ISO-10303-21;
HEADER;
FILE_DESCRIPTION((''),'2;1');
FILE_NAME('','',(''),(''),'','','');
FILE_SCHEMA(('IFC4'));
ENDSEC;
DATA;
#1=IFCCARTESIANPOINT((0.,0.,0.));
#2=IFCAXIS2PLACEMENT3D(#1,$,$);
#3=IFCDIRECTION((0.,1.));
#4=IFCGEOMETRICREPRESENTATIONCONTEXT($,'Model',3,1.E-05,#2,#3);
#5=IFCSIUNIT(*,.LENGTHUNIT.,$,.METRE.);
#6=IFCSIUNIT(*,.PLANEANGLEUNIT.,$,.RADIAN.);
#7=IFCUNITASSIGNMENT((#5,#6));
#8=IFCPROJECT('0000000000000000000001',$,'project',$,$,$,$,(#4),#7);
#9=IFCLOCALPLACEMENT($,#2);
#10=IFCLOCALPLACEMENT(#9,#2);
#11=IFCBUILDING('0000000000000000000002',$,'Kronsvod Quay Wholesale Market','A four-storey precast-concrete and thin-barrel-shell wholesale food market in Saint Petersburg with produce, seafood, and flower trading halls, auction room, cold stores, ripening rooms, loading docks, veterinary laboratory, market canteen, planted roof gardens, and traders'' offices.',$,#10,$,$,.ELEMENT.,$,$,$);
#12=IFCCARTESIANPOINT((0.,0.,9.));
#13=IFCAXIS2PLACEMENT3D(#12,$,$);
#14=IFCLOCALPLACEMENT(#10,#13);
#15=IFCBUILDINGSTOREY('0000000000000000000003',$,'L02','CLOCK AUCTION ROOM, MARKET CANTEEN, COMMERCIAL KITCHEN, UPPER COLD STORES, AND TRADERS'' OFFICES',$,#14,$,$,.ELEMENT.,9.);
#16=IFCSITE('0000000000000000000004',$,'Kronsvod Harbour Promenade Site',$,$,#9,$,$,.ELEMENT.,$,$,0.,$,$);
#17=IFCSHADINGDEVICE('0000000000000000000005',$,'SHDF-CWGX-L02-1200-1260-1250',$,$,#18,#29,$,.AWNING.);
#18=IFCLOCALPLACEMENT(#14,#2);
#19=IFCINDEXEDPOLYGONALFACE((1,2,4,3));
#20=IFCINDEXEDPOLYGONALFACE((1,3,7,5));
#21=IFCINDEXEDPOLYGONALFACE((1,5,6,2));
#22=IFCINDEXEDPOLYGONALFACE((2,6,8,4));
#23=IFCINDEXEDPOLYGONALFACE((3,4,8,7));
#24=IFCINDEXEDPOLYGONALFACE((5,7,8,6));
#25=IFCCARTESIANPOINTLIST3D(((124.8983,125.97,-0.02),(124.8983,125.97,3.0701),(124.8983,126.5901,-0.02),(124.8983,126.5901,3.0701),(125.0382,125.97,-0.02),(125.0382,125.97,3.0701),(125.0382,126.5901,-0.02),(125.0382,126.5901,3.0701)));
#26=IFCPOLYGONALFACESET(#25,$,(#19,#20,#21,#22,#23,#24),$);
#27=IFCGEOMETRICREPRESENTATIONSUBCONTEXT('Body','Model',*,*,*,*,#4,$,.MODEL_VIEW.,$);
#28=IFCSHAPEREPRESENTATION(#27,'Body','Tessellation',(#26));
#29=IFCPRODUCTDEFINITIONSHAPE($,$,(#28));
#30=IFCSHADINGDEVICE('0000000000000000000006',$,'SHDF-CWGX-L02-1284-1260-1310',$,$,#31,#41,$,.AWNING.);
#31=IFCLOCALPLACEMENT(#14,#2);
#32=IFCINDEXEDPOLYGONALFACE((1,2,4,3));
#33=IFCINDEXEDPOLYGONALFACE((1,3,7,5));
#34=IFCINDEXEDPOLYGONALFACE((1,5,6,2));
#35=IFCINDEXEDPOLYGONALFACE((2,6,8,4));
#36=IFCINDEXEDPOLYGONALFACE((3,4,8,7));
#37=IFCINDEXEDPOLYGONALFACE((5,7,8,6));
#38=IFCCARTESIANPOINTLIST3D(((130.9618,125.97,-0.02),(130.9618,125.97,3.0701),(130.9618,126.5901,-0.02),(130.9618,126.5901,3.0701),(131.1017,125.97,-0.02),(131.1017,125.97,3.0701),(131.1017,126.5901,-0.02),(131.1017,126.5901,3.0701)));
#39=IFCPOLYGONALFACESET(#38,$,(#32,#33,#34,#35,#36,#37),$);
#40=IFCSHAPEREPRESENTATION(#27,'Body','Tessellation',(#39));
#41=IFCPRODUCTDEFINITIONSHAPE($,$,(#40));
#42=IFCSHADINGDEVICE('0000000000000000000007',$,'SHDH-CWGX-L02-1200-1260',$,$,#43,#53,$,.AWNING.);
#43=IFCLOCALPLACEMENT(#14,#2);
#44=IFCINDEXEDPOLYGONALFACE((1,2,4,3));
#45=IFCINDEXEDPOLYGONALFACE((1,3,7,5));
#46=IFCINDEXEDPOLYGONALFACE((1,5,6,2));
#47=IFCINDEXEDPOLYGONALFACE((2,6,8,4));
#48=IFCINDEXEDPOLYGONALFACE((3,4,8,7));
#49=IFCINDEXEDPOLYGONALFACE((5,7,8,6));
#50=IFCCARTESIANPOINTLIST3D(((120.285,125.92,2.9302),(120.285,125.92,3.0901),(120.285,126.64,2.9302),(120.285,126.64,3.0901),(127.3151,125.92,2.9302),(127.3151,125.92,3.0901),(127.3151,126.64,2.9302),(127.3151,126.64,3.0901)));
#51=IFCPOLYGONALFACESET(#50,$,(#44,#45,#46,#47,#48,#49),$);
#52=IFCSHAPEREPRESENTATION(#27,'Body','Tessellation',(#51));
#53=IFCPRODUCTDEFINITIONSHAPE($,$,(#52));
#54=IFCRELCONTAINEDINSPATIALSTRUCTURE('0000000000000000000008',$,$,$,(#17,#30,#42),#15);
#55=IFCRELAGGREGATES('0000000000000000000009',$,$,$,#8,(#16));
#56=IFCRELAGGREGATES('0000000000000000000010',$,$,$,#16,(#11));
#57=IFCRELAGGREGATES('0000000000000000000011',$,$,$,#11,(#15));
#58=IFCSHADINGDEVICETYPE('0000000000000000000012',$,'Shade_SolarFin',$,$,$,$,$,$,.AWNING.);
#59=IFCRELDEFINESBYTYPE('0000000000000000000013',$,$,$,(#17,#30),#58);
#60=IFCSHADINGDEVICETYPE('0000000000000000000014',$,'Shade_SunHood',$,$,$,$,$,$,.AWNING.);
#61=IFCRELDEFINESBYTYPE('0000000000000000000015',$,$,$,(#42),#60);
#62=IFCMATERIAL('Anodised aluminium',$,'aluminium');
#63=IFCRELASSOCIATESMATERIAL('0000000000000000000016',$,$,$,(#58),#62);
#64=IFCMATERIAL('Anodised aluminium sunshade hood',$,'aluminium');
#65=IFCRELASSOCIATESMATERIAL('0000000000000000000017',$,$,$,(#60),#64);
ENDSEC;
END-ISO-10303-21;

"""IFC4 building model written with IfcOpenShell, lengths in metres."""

from ifc_helpers import new_model, si_unit, direction, frame, origin, origin_2d, place, context, subcontext, project, spatial, rectangle, extrude, material, type_object, element, save


model = new_model("IFC4")

# Units and contexts
model_context = context("Model", 3, precision=1e-05, world=origin(), true_north=direction((0.0, 1.0)))
body_context = subcontext(model_context, "Body", "Model", "MODEL_VIEW")
ifc_project = project(units=[si_unit("LENGTHUNIT", "METRE"), si_unit("PLANEANGLEUNIT", "RADIAN")], contexts=[model_context])

# Site, building, storey
site_placement = place(None, origin())
site = spatial("IfcSite", under=ifc_project, at=site_placement, Name="Kronsvod Harbour Promenade Site", CompositionType="ELEMENT", RefElevation=0.0)
building_placement = place(site_placement, origin())
building = spatial("IfcBuilding", under=site, at=building_placement, Name="Kronsvod Quay Wholesale Market", Description="A four-storey precast-concrete and thin-barrel-shell wholesale food market in Saint Petersburg with produce, seafood, and flower trading halls, auction room, cold stores, ripening rooms, loading docks, veterinary laboratory, market canteen, planted roof gardens, and traders' offices.", CompositionType="ELEMENT")
storey_placement = place(building_placement, frame((0.0, 0.0, 9.0)))
storey = spatial("IfcBuildingStorey", under=building, at=storey_placement, Name="L02", Description="CLOCK AUCTION ROOM, MARKET CANTEEN, COMMERCIAL KITCHEN, UPPER COLD STORES, AND TRADERS' OFFICES", CompositionType="ELEMENT", Elevation=9.0)

# Shading devices
ifc_material_1 = material(Name="Anodised aluminium", Category="aluminium")
shading_device_type_1 = type_object("IfcShadingDeviceType", Name="Shade_SolarFin", PredefinedType="AWNING", material=ifc_material_1)
for number, where, z_axis, x_axis, name in (
    (1, (124.9683, 126.28, -0.02), (0.0, 0.0, 1.0), (1.0, 0.0, 0.0), "SHDF-CWGX-L02-1200-1260-1250"),
    (2, (131.0317, 126.28, -0.02), (0.0, 0.0, 1.0), (1.0, 0.0, 0.0), "SHDF-CWGX-L02-1284-1260-1310"),
):
    element("IfcShadingDevice", number, at=place(storey_placement, frame(where, z_axis=z_axis, x_axis=x_axis)), inside=storey, type_object=shading_device_type_1, Name=name, PredefinedType="AWNING", context=body_context, shape_type="SweptSolid", body=[
        extrude(rectangle(XDim=0.1399, YDim=0.6201, at=origin_2d()), origin(), (0.0, 0.0, 1.0), 3.0901),
    ])
ifc_material_2 = material(Name="Anodised aluminium sunshade hood", Category="aluminium")
shading_device_type_2 = type_object("IfcShadingDeviceType", Name="Shade_SunHood", PredefinedType="AWNING", material=ifc_material_2)
shading_device_placement = place(storey_placement, frame((123.8, 126.28, 2.9302), z_axis=(0.0, 0.0, 1.0), x_axis=(1.0, 0.0, 0.0)))
element("IfcShadingDevice", 3, at=shading_device_placement, inside=storey, type_object=shading_device_type_2, Name="SHDH-CWGX-L02-1200-1260", PredefinedType="AWNING", context=body_context, shape_type="SweptSolid", body=[
    extrude(rectangle(XDim=7.03, YDim=0.72, at=origin_2d()), origin(), (0.0, 0.0, 1.0), 0.1599),
])

save(model, "model.ifc")
